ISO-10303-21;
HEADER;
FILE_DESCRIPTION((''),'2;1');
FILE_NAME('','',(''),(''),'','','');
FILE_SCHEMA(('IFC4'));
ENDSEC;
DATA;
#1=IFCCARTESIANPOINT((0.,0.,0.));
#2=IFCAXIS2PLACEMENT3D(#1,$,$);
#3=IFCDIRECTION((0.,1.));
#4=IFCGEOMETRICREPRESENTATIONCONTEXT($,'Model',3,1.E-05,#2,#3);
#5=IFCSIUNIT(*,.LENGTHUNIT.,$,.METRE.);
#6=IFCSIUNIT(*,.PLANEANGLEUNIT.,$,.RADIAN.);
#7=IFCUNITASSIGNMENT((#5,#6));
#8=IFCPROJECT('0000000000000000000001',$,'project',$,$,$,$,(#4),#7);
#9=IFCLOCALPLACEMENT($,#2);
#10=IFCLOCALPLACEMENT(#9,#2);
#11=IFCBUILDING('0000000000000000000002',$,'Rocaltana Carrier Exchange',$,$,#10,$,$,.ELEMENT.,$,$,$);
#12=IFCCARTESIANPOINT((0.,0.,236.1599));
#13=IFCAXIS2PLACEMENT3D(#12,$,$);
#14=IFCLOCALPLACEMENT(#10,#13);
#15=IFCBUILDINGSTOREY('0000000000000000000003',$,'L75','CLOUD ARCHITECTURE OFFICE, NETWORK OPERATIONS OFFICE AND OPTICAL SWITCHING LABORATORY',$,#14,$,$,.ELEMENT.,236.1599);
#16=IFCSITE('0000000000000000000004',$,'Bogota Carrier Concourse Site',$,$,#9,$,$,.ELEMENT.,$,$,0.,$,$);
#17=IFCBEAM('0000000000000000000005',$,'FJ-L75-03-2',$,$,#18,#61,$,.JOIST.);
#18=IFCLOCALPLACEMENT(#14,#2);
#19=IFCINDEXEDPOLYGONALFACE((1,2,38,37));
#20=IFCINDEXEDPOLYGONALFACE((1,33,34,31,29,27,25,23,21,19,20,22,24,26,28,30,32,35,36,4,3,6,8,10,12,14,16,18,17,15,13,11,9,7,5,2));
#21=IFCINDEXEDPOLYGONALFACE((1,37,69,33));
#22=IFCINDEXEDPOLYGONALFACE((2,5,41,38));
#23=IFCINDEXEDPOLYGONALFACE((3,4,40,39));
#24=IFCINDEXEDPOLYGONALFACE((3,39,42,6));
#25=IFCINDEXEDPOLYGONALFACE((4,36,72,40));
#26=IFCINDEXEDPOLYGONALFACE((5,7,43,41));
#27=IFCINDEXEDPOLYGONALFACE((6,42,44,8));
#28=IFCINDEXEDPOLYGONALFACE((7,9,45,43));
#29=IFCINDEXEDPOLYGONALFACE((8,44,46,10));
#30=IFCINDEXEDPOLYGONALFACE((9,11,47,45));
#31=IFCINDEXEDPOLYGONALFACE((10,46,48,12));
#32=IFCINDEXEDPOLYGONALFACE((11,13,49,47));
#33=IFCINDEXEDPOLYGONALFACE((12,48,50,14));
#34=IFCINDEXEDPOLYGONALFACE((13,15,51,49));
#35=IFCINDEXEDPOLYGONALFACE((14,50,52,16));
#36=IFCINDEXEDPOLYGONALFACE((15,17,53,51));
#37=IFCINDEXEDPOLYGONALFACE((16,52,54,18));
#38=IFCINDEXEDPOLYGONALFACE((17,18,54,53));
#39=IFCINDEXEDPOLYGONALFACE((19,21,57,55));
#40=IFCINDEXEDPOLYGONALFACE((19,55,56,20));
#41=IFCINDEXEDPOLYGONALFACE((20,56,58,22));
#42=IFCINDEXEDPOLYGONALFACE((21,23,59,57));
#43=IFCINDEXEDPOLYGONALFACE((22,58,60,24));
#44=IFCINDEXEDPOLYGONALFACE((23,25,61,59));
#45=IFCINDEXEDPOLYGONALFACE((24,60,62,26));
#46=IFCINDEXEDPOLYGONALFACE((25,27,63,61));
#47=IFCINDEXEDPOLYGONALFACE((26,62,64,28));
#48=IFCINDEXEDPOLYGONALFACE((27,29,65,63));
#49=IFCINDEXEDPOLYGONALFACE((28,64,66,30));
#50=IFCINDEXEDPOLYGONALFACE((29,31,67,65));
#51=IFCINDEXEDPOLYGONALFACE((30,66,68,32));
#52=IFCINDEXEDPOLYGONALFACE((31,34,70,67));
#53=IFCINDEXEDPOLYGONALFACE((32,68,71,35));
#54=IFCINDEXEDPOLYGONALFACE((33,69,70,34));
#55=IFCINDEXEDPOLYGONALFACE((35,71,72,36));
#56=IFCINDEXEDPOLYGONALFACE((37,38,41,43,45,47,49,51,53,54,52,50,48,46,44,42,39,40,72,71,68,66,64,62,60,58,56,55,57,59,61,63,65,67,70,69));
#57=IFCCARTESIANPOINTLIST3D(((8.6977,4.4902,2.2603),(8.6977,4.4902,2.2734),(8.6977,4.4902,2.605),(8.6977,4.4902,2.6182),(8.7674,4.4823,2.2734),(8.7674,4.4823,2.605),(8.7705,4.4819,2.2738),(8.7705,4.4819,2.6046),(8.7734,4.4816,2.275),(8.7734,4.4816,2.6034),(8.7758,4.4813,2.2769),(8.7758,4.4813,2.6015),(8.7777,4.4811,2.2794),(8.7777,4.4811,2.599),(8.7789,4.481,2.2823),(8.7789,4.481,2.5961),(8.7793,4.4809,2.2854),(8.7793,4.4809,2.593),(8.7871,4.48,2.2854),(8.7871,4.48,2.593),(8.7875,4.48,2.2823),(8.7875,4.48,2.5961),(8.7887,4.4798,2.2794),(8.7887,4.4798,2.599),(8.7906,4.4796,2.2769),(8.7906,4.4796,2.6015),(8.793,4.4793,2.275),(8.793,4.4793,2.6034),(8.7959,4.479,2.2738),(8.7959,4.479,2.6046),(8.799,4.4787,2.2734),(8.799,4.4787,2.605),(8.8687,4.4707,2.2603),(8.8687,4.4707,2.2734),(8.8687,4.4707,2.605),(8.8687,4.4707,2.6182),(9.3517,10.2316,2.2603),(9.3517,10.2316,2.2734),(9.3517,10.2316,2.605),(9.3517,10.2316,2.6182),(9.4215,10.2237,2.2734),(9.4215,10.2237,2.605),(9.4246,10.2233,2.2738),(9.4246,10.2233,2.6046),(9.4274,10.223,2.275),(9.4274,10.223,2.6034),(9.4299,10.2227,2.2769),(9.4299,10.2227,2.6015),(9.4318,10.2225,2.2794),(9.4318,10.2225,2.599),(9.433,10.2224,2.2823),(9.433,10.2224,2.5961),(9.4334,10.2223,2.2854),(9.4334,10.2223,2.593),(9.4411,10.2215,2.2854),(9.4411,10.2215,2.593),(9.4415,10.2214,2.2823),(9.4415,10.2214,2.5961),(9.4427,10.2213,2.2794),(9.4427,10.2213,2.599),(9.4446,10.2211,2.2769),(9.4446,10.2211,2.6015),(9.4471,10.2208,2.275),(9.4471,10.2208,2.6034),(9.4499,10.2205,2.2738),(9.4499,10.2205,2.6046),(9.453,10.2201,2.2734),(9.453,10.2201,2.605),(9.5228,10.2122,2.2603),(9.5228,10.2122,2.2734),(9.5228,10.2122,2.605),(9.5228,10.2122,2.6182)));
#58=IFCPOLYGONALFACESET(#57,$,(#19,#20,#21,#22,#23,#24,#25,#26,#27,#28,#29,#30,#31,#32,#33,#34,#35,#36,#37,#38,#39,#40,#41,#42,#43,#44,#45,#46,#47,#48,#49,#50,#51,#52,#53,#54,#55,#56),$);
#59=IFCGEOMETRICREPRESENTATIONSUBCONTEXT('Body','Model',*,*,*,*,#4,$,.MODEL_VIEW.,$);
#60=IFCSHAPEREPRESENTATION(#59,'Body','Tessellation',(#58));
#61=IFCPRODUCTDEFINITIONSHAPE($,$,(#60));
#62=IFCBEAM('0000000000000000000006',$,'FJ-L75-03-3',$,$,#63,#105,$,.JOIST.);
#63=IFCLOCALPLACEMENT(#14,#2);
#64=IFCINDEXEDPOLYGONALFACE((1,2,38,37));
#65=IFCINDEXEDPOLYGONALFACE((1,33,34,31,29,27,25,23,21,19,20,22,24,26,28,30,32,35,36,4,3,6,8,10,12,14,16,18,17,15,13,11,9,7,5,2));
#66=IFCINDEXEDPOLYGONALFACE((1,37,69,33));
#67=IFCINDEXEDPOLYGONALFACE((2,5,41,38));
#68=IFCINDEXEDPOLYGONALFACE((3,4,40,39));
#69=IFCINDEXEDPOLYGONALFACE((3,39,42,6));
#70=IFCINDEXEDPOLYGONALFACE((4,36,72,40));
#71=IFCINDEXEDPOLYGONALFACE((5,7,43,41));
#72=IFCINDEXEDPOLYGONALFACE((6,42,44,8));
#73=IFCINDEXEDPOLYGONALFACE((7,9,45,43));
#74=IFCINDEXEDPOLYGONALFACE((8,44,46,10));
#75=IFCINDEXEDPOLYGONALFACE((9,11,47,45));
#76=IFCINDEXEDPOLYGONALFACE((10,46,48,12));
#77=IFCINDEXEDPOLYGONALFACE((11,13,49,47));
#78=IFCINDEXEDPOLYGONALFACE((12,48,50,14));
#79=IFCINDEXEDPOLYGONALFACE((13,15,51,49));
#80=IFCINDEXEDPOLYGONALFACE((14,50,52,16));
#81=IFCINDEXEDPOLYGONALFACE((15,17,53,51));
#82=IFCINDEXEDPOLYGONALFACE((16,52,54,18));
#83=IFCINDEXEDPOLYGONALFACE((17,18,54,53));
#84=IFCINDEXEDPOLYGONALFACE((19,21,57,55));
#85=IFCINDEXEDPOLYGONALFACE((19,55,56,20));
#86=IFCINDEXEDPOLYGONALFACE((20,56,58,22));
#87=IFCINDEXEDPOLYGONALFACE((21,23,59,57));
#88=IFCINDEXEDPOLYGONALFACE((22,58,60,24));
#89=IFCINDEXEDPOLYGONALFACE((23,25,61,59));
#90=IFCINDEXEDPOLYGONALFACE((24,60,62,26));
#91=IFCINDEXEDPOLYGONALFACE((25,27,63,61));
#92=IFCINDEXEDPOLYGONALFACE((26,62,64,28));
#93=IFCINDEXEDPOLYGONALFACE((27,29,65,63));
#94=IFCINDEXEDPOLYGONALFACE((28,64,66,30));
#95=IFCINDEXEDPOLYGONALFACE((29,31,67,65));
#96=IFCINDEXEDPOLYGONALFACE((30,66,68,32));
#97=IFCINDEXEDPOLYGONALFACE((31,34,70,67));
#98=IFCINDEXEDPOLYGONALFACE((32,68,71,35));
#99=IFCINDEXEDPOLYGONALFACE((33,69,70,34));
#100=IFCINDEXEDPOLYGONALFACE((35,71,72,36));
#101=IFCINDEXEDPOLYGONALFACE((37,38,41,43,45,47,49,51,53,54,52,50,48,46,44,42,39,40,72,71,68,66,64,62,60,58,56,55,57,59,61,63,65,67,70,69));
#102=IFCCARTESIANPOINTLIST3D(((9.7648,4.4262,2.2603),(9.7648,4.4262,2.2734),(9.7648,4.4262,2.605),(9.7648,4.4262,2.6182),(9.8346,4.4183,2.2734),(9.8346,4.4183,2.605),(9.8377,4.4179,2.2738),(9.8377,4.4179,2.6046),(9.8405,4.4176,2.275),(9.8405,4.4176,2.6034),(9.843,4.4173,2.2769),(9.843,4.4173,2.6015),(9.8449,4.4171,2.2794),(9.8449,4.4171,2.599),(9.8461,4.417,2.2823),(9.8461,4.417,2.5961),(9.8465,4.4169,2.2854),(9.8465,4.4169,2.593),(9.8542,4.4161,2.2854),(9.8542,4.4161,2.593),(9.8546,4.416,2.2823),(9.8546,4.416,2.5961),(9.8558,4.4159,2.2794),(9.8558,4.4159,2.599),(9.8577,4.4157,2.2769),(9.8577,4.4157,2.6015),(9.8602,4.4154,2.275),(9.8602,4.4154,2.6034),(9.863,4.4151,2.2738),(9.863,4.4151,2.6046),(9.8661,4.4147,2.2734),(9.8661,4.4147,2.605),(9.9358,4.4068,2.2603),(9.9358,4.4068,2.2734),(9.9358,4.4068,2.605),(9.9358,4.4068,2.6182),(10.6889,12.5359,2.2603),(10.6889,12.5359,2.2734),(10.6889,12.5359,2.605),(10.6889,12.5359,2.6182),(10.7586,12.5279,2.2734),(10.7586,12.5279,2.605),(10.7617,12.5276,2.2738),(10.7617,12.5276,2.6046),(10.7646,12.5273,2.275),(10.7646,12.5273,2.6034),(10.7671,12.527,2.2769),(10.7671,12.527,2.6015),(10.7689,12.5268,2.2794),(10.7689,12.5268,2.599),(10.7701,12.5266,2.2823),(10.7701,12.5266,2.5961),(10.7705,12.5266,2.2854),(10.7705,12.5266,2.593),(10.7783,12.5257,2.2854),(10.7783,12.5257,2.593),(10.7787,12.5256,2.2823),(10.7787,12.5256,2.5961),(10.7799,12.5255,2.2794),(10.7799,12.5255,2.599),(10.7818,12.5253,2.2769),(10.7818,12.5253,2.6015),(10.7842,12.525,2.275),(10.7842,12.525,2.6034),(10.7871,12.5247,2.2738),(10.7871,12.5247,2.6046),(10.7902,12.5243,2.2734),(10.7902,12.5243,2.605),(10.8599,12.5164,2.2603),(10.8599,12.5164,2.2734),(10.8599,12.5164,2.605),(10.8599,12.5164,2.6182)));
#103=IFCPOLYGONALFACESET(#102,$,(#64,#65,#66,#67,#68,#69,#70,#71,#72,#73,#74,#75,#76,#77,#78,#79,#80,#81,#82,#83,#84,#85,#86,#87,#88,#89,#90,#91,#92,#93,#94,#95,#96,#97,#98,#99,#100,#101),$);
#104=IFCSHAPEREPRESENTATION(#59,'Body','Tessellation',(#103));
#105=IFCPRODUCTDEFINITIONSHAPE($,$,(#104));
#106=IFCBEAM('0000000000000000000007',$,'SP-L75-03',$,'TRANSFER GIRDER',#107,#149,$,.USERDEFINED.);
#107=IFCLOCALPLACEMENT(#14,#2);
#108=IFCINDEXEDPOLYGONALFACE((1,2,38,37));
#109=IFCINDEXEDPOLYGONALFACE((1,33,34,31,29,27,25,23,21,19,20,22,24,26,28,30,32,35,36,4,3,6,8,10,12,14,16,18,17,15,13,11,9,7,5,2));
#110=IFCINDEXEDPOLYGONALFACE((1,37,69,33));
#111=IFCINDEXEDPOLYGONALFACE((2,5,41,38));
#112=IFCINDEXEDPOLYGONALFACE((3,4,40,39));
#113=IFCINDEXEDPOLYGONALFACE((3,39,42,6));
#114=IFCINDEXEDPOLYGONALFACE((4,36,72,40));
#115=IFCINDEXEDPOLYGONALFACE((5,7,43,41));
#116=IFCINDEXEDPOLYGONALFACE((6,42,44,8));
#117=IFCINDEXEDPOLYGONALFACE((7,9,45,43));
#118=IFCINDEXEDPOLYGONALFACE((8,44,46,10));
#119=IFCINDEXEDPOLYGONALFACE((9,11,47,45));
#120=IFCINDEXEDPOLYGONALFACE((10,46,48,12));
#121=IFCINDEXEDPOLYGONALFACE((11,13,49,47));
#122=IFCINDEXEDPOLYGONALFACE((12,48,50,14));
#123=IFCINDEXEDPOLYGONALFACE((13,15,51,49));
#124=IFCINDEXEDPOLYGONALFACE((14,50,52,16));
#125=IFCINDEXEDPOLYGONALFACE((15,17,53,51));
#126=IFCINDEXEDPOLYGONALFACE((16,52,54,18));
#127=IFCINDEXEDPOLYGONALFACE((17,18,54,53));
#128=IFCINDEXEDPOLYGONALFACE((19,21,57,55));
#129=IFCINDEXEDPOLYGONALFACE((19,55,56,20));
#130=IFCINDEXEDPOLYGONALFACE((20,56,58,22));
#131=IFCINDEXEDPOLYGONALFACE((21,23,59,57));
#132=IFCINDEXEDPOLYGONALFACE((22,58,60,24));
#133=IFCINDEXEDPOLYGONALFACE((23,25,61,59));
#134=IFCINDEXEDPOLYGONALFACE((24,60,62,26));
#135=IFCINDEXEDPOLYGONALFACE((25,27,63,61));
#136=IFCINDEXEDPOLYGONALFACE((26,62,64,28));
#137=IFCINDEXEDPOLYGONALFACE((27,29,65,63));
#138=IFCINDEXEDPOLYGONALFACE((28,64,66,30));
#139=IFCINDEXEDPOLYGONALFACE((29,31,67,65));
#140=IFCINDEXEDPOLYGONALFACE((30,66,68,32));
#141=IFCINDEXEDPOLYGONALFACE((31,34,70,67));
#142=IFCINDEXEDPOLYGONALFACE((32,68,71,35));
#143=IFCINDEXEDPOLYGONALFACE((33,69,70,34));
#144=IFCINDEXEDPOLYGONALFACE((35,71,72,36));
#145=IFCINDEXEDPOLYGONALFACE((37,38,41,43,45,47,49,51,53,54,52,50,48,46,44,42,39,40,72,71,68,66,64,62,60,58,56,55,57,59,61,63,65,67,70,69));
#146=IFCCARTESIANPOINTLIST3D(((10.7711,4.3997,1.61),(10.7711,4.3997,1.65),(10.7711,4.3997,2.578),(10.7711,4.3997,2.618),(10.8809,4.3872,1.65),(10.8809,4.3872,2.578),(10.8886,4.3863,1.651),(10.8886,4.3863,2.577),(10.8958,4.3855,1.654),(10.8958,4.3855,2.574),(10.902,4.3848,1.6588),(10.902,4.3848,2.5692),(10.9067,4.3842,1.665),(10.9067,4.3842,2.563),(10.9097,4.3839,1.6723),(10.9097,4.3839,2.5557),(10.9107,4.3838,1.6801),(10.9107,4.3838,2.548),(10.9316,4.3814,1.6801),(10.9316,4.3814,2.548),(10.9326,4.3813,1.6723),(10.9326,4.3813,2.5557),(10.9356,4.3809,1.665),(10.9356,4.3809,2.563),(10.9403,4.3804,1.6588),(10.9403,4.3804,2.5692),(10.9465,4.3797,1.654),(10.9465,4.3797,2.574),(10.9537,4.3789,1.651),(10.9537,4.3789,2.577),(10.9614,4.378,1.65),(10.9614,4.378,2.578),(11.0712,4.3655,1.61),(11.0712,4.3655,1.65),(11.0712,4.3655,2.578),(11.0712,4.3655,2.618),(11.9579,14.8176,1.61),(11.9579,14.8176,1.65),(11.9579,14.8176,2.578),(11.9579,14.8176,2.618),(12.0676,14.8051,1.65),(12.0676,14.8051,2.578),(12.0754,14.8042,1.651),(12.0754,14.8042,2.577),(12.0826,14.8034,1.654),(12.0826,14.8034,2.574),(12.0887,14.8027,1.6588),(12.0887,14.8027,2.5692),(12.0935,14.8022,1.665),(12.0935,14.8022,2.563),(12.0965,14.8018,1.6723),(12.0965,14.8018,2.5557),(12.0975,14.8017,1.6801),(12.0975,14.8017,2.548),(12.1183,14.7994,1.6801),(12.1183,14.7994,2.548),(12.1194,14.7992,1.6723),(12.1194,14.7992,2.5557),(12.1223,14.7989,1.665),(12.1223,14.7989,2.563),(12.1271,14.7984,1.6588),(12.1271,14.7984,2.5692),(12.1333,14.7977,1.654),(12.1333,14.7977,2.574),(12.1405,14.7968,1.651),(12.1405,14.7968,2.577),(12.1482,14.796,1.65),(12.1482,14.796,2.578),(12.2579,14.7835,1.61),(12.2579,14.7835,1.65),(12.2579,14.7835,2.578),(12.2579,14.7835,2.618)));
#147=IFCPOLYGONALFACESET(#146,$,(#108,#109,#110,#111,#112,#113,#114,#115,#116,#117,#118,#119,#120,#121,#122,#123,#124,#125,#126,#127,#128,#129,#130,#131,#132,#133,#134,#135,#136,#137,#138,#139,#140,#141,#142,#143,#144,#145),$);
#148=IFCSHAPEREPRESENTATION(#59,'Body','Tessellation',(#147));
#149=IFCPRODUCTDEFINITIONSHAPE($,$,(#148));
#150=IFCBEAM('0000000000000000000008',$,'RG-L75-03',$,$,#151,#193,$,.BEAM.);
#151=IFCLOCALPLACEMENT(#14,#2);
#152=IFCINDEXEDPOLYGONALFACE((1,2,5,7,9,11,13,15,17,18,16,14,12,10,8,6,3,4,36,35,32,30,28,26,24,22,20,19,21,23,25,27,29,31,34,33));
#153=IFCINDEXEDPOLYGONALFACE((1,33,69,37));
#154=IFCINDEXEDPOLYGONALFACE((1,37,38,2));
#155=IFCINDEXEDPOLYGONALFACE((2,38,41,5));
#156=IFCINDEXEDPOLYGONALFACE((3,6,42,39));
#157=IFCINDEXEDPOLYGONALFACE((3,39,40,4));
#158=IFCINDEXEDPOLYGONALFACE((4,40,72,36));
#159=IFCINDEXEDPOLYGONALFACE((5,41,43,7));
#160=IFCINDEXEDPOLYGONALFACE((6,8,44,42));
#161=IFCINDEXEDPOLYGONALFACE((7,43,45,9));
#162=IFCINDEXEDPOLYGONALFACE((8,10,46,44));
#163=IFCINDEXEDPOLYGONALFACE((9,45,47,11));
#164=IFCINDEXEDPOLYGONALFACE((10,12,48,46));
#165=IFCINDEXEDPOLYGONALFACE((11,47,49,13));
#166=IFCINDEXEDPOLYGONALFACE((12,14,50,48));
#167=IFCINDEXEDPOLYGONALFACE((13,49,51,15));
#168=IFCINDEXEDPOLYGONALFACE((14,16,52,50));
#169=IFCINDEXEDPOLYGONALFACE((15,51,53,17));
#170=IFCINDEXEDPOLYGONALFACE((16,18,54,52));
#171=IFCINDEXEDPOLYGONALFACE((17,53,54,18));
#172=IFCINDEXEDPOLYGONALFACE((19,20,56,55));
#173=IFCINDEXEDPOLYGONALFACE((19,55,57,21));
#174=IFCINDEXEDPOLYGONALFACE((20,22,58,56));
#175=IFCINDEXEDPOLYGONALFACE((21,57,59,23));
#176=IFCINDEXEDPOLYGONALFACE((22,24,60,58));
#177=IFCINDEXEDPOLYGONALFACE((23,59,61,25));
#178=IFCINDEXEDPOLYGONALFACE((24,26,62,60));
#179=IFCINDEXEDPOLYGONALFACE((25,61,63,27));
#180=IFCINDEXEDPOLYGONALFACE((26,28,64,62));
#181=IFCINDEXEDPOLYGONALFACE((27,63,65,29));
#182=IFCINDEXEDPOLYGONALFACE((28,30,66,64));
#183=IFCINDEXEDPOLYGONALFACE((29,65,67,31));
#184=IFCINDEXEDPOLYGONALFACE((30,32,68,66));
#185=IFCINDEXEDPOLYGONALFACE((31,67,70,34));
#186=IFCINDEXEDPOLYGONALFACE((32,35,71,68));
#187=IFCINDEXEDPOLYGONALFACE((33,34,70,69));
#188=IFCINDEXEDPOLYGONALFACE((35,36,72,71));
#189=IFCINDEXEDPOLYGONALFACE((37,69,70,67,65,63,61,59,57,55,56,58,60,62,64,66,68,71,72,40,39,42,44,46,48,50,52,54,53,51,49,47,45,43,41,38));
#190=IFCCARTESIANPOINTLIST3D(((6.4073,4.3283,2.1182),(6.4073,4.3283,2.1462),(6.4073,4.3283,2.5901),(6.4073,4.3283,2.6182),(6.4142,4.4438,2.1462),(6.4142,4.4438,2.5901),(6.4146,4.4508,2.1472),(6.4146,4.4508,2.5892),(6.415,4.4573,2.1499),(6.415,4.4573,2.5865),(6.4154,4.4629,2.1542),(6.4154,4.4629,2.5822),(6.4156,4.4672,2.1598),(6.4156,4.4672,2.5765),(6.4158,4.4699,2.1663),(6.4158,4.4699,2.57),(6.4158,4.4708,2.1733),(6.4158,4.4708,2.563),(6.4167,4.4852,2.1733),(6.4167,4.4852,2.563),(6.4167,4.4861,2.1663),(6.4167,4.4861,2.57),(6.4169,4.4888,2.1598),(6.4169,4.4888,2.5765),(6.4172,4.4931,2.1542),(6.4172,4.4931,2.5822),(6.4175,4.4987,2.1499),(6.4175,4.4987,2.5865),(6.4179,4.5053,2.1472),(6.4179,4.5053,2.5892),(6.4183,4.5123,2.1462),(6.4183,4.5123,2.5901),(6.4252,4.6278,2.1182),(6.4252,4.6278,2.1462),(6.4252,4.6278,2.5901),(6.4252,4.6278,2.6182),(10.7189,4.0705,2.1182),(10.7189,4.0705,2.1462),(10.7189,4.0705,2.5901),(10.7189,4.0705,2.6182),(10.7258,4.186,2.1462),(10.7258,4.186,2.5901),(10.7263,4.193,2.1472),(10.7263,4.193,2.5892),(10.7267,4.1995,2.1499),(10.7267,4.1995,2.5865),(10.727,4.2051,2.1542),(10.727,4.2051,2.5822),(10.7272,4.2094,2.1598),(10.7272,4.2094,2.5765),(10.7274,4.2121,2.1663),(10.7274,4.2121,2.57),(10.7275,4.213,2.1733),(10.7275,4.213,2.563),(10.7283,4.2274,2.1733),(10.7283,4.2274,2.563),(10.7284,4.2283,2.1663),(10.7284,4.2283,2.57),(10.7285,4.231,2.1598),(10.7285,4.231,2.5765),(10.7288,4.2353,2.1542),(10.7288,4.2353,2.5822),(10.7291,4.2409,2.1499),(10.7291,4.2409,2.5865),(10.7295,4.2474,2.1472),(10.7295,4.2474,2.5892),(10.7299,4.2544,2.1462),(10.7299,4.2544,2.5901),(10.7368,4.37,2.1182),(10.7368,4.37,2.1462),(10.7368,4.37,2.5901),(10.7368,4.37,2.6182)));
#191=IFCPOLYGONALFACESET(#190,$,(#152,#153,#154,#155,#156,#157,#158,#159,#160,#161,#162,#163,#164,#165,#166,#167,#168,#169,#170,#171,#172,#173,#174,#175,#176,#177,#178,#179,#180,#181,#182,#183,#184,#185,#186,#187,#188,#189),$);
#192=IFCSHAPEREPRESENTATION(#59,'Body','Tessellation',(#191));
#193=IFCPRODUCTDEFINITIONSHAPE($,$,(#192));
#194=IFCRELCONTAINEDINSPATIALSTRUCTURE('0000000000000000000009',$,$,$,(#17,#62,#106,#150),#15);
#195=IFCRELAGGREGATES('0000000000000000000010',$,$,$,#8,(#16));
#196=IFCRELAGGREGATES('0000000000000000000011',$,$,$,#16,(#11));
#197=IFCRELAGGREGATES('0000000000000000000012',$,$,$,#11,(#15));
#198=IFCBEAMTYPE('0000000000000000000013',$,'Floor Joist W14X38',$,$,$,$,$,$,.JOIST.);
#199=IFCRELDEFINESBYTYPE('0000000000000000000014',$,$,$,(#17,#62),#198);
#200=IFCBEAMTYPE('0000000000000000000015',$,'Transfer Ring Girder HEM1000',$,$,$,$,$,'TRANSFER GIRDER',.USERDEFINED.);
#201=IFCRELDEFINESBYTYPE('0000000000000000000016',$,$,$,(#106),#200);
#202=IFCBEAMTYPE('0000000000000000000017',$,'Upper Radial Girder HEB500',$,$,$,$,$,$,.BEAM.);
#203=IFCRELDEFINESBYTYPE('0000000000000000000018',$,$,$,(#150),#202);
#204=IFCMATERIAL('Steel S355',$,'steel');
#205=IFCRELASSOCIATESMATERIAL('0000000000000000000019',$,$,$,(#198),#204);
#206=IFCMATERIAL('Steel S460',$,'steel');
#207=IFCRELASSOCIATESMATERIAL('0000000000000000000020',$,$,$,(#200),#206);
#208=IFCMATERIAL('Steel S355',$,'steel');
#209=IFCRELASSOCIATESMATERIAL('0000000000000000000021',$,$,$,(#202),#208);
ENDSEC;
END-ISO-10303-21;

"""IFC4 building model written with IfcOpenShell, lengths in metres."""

from ifc_helpers import new_model, si_unit, direction, frame, origin, origin_2d, place, context, subcontext, project, spatial, i_section, extrude, material, material_profile, profile_set, type_object, element, save


model = new_model("IFC4")

# Units and contexts
model_context = context("Model", 3, precision=1e-05, world=origin(), true_north=direction((0.0, 1.0)))
body_context = subcontext(model_context, "Body", "Model", "MODEL_VIEW")
ifc_project = project(units=[si_unit("LENGTHUNIT", "METRE"), si_unit("PLANEANGLEUNIT", "RADIAN")], contexts=[model_context])

# Site, building, storey
site_placement = place(None, origin())
site = spatial("IfcSite", under=ifc_project, at=site_placement, Name="Bogota Carrier Concourse Site", CompositionType="ELEMENT", RefElevation=0.0)
building_placement = place(site_placement, origin())
building = spatial("IfcBuilding", under=site, at=building_placement, Name="Rocaltana Carrier Exchange", CompositionType="ELEMENT")
storey_placement = place(building_placement, frame((0.0, 0.0, 236.1599)))
storey = spatial("IfcBuildingStorey", under=building, at=storey_placement, Name="L75", Description="CLOUD ARCHITECTURE OFFICE, NETWORK OPERATIONS OFFICE AND OPTICAL SWITCHING LABORATORY", CompositionType="ELEMENT", Elevation=236.1599)

# Beams
ifc_material_1 = material(Name="Steel S355", Category="steel")
ifc_material_profile_1 = material_profile(ifc_material_1, i_section(OverallWidth=0.1721, OverallDepth=0.3579, WebThickness=0.0078, FlangeThickness=0.0132, FilletRadius=0.012, at=origin_2d()), Name="W14X38")
ifc_profile_set_1 = profile_set([ifc_material_profile_1], Name="Steel S355")
beam_type_1 = type_object("IfcBeamType", Name="Floor Joist W14X38", PredefinedType="JOIST", material=ifc_profile_set_1)
beam_1_placement = place(storey_placement, frame((8.7832, 4.4805, 2.4392), z_axis=(0.113186, 0.993574, 0.0), x_axis=(-0.993574, 0.113186, 0.0)))
element("IfcBeam", 1, at=beam_1_placement, inside=storey, type_object=beam_type_1, Name="FJ-L75-03-2", PredefinedType="JOIST", context=body_context, shape_type="SweptSolid", body=[
    extrude(i_section(OverallWidth=0.1721, OverallDepth=0.3579, WebThickness=0.0078, FlangeThickness=0.0132, FilletRadius=0.012, at=origin_2d()), origin(), (0.0, 0.0, 1.0), 5.7786),
])
beam_2_placement = place(storey_placement, frame((9.8503, 4.4165, 2.4392), z_axis=(0.113215, 0.993571, 0.0), x_axis=(-0.993571, 0.113215, 0.0)))
element("IfcBeam", 2, at=beam_2_placement, inside=storey, type_object=beam_type_1, Name="FJ-L75-03-3", PredefinedType="JOIST", context=body_context, shape_type="SweptSolid", body=[
    extrude(i_section(OverallWidth=0.1721, OverallDepth=0.3579, WebThickness=0.0078, FlangeThickness=0.0132, FilletRadius=0.012, at=origin_2d()), origin(), (0.0, 0.0, 1.0), 8.1621),
])
ifc_material_2 = material(Name="Steel S460", Category="steel")
ifc_material_profile_2 = material_profile(ifc_material_2, i_section(OverallWidth=0.302, OverallDepth=1.0081, WebThickness=0.021, FlangeThickness=0.04, FilletRadius=0.03, at=origin_2d()), Name="HEM1000")
ifc_profile_set_2 = profile_set([ifc_material_profile_2], Name="Steel S460")
beam_type_2 = type_object("IfcBeamType", Name="Transfer Ring Girder HEM1000", ElementType="TRANSFER GIRDER", PredefinedType="USERDEFINED", material=ifc_profile_set_2)
beam_3_placement = place(storey_placement, frame((10.9211, 4.3826, 2.114), z_axis=(0.113183, 0.993574, 0.0), x_axis=(-0.993574, 0.113183, 0.0)))
element("IfcBeam", 3, at=beam_3_placement, inside=storey, type_object=beam_type_2, Name="SP-L75-03", ObjectType="TRANSFER GIRDER", PredefinedType="USERDEFINED", context=body_context, shape_type="SweptSolid", body=[
    extrude(i_section(OverallWidth=0.302, OverallDepth=1.0081, WebThickness=0.021, FlangeThickness=0.04, FilletRadius=0.03, at=origin_2d()), origin(), (0.0, 0.0, 1.0), 10.4854),
])
ifc_material_3 = material(Name="Steel S355", Category="steel")
ifc_material_profile_3 = material_profile(ifc_material_3, i_section(OverallWidth=0.3, OverallDepth=0.5, WebThickness=0.0144, FlangeThickness=0.0281, FilletRadius=0.0271, at=origin_2d()), Name="HEB500")
ifc_profile_set_3 = profile_set([ifc_material_profile_3], Name="Steel S355")
beam_type_3 = type_object("IfcBeamType", Name="Upper Radial Girder HEB500", PredefinedType="BEAM", material=ifc_profile_set_3)
beam_4_placement = place(storey_placement, frame((6.4163, 4.478, 2.3682), z_axis=(0.998217, -0.05969, 0.0), x_axis=(0.05969, 0.998217, 0.0)))
element("IfcBeam", 4, at=beam_4_placement, inside=storey, type_object=beam_type_3, Name="RG-L75-03", PredefinedType="BEAM", context=body_context, shape_type="SweptSolid", body=[
    extrude(i_section(OverallWidth=0.3, OverallDepth=0.5, WebThickness=0.0144, FlangeThickness=0.0281, FilletRadius=0.0271, at=origin_2d()), origin(), (0.0, 0.0, 1.0), 4.3193),
])

save(model, "model.ifc")
